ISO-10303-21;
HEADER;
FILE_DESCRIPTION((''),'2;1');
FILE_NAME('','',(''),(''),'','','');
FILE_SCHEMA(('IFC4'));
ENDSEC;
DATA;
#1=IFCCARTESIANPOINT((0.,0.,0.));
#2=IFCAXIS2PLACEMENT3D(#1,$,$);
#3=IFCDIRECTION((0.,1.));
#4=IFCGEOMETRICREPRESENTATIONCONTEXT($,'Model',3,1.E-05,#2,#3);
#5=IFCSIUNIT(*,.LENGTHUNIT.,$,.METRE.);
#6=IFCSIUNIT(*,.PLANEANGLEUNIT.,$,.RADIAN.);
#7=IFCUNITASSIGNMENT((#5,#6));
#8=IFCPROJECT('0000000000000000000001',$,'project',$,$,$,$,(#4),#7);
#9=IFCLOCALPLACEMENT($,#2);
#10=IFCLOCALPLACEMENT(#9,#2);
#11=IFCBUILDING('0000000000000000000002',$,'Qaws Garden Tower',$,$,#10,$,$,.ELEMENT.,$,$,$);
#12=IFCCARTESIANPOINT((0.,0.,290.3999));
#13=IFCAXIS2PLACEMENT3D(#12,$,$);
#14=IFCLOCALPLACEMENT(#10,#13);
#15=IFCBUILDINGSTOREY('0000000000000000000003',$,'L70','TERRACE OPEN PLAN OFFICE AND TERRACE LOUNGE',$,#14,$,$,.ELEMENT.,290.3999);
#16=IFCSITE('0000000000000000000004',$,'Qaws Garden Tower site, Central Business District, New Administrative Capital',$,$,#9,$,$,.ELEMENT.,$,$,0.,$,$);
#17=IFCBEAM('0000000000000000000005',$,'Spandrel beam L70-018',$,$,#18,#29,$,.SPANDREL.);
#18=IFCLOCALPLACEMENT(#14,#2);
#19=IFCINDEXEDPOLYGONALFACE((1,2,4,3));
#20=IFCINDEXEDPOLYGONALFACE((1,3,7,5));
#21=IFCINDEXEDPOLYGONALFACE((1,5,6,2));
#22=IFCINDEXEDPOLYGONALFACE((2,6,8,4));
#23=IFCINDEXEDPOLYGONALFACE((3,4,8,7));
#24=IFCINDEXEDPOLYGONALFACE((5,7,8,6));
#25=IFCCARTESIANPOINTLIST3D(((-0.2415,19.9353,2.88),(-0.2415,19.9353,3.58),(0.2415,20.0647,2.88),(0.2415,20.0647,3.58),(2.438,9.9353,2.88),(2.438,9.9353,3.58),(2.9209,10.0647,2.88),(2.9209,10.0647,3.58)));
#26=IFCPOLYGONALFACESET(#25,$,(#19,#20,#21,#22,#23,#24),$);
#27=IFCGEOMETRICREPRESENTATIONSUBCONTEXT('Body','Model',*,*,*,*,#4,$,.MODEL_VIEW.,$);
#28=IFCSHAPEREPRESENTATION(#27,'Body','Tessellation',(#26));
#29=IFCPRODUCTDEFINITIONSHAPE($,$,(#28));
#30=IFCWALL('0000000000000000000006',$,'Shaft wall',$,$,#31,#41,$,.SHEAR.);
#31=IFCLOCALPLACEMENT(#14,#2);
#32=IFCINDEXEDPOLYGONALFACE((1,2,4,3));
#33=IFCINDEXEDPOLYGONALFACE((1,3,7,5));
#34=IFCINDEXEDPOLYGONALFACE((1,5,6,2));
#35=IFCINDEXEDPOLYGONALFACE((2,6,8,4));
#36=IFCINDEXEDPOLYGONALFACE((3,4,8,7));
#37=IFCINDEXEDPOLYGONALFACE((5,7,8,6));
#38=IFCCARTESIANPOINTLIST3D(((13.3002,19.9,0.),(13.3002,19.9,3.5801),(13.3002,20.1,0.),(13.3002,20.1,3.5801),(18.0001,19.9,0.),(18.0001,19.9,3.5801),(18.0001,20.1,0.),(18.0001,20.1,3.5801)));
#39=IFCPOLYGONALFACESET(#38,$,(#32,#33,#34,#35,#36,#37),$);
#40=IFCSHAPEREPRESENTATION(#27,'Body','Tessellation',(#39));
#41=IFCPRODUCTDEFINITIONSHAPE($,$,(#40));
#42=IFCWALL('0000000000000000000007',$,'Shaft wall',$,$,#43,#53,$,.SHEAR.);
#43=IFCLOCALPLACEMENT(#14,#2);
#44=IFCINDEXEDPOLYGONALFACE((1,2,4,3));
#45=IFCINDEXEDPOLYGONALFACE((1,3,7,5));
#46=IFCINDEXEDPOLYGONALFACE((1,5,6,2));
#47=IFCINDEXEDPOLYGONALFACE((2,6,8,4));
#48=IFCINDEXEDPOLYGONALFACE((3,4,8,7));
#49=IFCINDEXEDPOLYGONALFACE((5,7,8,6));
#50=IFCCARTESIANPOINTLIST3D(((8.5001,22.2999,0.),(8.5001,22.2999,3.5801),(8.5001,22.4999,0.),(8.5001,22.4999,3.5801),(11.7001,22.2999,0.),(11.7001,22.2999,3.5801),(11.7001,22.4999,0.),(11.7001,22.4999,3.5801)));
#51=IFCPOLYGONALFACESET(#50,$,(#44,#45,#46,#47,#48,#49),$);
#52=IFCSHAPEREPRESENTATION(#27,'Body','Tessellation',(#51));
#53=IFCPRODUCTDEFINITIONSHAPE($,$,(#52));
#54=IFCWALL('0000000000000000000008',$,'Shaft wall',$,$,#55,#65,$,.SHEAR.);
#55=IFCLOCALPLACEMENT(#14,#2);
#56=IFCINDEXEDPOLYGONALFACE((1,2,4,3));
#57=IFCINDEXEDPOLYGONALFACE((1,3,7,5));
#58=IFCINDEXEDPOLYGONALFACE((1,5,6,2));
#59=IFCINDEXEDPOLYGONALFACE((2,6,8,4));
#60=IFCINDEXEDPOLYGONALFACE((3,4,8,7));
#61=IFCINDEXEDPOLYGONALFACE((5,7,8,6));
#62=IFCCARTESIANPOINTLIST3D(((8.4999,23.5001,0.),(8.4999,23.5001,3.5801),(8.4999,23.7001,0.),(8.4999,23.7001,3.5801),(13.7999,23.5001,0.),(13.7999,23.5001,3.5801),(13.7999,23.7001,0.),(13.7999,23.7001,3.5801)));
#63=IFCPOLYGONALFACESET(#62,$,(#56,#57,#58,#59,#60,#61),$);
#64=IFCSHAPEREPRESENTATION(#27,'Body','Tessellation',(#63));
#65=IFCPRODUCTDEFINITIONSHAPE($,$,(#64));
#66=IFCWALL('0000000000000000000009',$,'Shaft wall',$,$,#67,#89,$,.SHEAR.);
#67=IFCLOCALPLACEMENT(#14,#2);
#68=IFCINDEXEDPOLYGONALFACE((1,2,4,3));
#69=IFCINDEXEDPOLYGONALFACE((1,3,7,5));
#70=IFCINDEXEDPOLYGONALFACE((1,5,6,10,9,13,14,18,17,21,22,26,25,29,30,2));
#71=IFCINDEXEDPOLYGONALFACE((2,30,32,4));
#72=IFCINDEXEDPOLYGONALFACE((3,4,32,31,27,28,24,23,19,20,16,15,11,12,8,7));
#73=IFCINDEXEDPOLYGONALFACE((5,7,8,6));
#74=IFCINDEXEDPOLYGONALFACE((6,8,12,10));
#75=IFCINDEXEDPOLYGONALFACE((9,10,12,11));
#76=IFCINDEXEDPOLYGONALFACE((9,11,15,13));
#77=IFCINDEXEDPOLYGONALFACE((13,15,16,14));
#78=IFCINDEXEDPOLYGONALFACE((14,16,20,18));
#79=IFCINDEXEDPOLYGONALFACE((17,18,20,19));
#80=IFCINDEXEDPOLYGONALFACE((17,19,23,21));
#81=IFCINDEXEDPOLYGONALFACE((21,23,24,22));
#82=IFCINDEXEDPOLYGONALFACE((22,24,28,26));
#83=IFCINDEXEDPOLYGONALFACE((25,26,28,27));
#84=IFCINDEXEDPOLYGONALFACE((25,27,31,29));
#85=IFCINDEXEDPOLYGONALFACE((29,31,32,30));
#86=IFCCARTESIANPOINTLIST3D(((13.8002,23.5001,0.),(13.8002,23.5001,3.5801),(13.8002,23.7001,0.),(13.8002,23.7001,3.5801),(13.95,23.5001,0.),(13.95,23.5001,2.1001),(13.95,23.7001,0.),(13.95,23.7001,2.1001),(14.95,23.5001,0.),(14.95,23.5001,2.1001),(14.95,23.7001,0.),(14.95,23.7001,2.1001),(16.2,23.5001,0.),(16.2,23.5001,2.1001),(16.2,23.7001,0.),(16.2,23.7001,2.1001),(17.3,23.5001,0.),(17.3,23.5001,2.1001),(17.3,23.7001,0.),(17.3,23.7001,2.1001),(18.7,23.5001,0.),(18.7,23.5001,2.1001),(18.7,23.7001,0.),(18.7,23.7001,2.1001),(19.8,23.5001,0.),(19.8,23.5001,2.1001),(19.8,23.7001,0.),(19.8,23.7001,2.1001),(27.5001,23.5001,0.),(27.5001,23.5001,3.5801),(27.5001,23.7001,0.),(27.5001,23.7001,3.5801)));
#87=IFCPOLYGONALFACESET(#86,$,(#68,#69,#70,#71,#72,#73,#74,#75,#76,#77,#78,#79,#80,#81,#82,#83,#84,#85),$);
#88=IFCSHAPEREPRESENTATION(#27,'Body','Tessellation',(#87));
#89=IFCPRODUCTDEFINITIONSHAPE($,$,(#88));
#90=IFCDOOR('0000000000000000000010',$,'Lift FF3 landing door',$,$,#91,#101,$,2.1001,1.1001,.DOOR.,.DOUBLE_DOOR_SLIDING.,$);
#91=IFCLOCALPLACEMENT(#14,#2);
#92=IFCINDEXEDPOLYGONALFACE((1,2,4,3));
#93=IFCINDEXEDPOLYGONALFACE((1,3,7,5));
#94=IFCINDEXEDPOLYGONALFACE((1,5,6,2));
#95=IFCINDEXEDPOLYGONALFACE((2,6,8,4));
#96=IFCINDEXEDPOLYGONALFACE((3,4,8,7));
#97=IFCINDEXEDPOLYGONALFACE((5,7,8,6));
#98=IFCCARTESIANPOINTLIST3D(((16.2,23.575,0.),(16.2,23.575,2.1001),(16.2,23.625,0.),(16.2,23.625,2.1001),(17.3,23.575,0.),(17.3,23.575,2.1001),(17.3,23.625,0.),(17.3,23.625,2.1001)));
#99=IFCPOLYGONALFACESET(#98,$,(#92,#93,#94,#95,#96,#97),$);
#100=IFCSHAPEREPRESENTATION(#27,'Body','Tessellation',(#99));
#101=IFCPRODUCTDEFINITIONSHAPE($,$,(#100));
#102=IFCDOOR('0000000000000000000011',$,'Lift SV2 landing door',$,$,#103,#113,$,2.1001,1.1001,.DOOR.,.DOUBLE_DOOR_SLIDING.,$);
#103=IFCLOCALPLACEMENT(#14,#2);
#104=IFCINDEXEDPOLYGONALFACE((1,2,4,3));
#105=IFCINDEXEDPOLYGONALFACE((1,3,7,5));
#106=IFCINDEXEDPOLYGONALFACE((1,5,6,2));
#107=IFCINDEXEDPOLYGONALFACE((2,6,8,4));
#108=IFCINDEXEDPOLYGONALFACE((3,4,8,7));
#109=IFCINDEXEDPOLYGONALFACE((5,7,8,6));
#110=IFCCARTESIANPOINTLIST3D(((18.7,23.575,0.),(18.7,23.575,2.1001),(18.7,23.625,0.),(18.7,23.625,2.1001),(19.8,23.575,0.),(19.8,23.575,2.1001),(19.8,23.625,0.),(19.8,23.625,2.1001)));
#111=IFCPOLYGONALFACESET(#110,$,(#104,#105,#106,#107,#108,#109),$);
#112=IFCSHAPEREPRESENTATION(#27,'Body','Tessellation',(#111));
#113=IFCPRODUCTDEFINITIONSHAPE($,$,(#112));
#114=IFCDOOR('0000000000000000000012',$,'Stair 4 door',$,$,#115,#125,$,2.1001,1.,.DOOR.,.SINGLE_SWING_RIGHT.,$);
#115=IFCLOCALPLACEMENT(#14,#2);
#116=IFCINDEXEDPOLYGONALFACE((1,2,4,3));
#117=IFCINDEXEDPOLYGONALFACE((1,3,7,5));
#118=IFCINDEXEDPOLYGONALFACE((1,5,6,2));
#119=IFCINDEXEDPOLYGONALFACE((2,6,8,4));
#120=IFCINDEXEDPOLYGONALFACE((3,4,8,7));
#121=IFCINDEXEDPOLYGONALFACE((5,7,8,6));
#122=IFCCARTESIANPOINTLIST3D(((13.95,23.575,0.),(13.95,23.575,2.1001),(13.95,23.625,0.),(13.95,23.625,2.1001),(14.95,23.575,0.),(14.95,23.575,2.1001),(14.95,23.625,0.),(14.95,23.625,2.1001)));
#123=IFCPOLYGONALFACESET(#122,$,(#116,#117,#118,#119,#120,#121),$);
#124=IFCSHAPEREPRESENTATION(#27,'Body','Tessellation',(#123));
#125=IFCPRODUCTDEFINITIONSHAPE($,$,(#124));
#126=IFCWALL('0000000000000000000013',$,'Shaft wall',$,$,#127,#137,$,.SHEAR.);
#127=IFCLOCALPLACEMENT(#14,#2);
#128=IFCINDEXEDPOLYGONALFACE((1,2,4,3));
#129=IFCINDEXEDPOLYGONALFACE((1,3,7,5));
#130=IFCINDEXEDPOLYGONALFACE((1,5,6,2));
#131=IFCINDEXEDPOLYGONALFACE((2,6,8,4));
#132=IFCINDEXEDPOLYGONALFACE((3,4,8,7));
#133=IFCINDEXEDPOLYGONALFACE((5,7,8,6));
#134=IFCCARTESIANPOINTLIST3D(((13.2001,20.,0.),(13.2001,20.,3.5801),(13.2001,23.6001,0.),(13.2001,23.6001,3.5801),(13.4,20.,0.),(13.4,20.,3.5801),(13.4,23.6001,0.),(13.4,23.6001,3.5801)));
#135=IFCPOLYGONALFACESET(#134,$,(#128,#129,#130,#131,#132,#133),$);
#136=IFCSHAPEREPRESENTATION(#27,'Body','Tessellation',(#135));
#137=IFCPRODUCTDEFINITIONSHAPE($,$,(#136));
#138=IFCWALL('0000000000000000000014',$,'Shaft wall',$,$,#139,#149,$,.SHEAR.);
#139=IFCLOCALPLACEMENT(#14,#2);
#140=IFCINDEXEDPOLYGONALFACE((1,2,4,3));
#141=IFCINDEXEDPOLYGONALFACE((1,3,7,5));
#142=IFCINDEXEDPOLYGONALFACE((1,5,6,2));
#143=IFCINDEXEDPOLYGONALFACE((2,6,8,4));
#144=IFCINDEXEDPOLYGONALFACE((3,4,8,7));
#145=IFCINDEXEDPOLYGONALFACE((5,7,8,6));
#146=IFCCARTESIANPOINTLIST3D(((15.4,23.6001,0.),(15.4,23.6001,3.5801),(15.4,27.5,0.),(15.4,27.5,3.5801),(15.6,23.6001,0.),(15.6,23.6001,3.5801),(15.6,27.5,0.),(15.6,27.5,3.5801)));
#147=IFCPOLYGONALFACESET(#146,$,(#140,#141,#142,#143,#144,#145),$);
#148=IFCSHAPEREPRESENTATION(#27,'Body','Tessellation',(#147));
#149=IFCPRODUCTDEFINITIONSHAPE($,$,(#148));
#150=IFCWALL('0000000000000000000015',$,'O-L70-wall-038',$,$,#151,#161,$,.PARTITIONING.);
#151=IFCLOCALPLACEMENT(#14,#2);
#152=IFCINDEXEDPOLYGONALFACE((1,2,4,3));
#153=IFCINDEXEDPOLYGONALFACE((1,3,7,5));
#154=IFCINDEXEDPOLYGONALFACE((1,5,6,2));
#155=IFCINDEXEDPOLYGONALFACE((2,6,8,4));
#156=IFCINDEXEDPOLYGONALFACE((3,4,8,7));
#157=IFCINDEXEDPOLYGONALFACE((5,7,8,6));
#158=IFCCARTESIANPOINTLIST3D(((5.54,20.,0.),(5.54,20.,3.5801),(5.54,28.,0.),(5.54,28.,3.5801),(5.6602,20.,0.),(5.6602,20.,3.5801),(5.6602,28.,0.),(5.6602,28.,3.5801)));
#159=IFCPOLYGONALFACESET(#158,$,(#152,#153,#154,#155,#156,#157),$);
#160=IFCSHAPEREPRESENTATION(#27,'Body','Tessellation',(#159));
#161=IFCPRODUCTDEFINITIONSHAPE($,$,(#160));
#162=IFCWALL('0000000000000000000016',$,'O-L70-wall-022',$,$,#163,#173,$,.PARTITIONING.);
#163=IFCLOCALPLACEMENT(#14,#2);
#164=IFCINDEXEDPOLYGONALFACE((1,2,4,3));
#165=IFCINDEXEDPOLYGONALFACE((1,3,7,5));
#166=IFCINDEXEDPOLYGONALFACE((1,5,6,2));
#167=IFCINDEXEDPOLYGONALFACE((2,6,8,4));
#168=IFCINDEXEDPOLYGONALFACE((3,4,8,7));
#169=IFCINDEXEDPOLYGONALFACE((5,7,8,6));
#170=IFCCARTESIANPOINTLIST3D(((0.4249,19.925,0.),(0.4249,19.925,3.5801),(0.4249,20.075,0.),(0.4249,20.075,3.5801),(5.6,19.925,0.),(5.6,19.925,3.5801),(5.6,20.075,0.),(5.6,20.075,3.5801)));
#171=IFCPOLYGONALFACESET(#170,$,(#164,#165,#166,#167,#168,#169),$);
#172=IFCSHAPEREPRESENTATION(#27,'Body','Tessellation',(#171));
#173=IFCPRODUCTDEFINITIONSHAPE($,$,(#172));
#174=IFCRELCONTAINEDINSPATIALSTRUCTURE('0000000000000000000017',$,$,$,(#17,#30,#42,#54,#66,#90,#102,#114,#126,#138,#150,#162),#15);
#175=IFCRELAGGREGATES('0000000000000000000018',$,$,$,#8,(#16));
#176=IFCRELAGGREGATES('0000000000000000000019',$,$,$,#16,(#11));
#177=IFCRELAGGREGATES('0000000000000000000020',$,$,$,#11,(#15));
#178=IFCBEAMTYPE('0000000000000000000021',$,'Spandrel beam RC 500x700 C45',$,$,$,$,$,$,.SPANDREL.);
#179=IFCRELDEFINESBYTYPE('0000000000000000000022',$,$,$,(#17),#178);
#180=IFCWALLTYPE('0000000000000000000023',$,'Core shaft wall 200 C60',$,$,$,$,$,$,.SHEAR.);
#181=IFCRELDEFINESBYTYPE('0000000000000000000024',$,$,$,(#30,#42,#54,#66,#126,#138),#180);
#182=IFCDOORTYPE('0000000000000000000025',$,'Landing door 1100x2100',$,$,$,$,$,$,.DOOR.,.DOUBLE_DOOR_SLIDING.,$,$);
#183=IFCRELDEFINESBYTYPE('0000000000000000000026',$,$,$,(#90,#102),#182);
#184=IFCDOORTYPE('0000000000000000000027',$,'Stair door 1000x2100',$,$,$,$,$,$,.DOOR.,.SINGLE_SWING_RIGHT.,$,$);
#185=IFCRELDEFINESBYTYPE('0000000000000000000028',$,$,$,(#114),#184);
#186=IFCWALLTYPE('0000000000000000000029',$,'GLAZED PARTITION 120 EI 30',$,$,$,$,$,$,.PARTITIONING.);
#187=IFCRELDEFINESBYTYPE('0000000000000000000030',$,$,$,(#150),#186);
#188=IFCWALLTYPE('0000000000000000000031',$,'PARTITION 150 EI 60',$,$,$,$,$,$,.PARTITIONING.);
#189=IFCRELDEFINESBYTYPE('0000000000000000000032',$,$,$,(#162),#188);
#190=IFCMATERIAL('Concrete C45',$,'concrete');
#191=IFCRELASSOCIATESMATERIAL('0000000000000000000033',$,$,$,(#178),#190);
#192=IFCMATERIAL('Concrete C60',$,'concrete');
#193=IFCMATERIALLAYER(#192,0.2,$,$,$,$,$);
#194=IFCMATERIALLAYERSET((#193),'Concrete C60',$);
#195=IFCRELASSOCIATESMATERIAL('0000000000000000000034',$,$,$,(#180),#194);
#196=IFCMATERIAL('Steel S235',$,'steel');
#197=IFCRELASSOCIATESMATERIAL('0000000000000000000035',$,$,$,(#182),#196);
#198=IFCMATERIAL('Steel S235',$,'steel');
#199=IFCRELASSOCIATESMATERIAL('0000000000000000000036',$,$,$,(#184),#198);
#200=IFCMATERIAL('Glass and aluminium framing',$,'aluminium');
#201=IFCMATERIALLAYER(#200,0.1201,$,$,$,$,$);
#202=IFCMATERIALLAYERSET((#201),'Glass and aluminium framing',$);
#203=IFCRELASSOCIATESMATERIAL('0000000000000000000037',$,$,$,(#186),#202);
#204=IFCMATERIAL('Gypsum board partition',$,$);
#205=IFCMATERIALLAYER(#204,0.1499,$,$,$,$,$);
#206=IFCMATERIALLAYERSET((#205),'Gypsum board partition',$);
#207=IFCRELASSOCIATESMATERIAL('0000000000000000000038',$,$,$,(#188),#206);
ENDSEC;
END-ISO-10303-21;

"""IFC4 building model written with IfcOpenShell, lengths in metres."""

from ifc_helpers import new_model, si_unit, direction, frame, frame_2d, origin, origin_2d, place, context, subcontext, project, spatial, rectangle, extrude, material, layer, layer_set, material_profile, profile_set, type_object, element, fill, save


model = new_model("IFC4")

# Units and contexts
model_context = context("Model", 3, precision=1e-05, world=origin(), true_north=direction((0.0, 1.0)))
body_context = subcontext(model_context, "Body", "Model", "MODEL_VIEW")
ifc_project = project(units=[si_unit("LENGTHUNIT", "METRE"), si_unit("PLANEANGLEUNIT", "RADIAN")], contexts=[model_context])

# Site, building, storey
site_placement = place(None, origin())
site = spatial("IfcSite", under=ifc_project, at=site_placement, Name="Qaws Garden Tower site, Central Business District, New Administrative Capital", CompositionType="ELEMENT", RefElevation=0.0)
building_placement = place(site_placement, origin())
building = spatial("IfcBuilding", under=site, at=building_placement, Name="Qaws Garden Tower", CompositionType="ELEMENT")
storey_placement = place(building_placement, frame((0.0, 0.0, 290.3999)))
storey = spatial("IfcBuildingStorey", under=building, at=storey_placement, Name="L70", Description="TERRACE OPEN PLAN OFFICE AND TERRACE LOUNGE", CompositionType="ELEMENT", Elevation=290.3999)

# Beam
ifc_material_1 = material(Name="Concrete C45", Category="concrete")
ifc_material_profile = material_profile(ifc_material_1, rectangle(XDim=0.5, YDim=0.7, at=origin_2d()), Name="RC 500x700")
ifc_profile_set = profile_set([ifc_material_profile], Name="Concrete C45")
beam_type = type_object("IfcBeamType", Name="Spandrel beam RC 500x700 C45", PredefinedType="SPANDREL", material=ifc_profile_set)
beam_placement = place(storey_placement, frame((0.0, 20.0, 3.23), z_axis=(0.258815, -0.965927, 0.0), x_axis=(0.965927, 0.258815, 0.0)))
element("IfcBeam", 1, at=beam_placement, inside=storey, type_object=beam_type, Name="Spandrel beam L70-018", PredefinedType="SPANDREL", context=body_context, shape_type="SweptSolid", body=[
    extrude(rectangle(XDim=0.5, YDim=0.7, at=origin_2d()), origin(), (0.0, 0.0, 1.0), 10.3528),
])

# Walls
ifc_material_2 = material(Name="Concrete C60", Category="concrete")
ifc_layer_1 = layer(ifc_material_2, 0.2)
ifc_layer_set_1 = layer_set([ifc_layer_1], Name="Concrete C60")
wall_type_1 = type_object("IfcWallType", Name="Core shaft wall 200 C60", PredefinedType="SHEAR", material=ifc_layer_set_1)
wall_1_placement = place(storey_placement, frame((13.3, 20.0, 0.0), z_axis=(0.0, 0.0, 1.0), x_axis=(1.0, 0.0, 0.0)))
element("IfcWall", 2, at=wall_1_placement, inside=storey, type_object=wall_type_1, Name="Shaft wall", PredefinedType="SHEAR", context=body_context, shape_type="SweptSolid", body=[
    extrude(rectangle(XDim=4.7, YDim=0.2, at=frame_2d((2.3501, 0.0))), origin(), (0.0, 0.0, 1.0), 3.5801),
])
wall_2_placement = place(storey_placement, frame((8.5, 22.3999, 0.0), z_axis=(0.0, 0.0, 1.0), x_axis=(1.0, 0.0, 0.0)))
element("IfcWall", 3, at=wall_2_placement, inside=storey, type_object=wall_type_1, Name="Shaft wall", PredefinedType="SHEAR", context=body_context, shape_type="SweptSolid", body=[
    extrude(rectangle(XDim=3.2, YDim=0.2, at=frame_2d((1.6001, 0.0))), origin(), (0.0, 0.0, 1.0), 3.5801),
])
wall_3_placement = place(storey_placement, frame((8.5, 23.6001, 0.0), z_axis=(0.0, 0.0, 1.0), x_axis=(1.0, 0.0, 0.0)))
element("IfcWall", 4, at=wall_3_placement, inside=storey, type_object=wall_type_1, Name="Shaft wall", PredefinedType="SHEAR", context=body_context, shape_type="SweptSolid", body=[
    extrude(rectangle(XDim=5.3, YDim=0.2, at=frame_2d((2.6499, 0.0))), origin(), (0.0, 0.0, 1.0), 3.5801),
])

# Wall, openings, doors
wall_4_placement = place(storey_placement, frame((13.8, 23.6001, 0.0), z_axis=(0.0, 0.0, 1.0), x_axis=(1.0, 0.0, 0.0)))
wall_4 = element("IfcWall", 5, at=wall_4_placement, inside=storey, type_object=wall_type_1, Name="Shaft wall", PredefinedType="SHEAR", context=body_context, shape_type="SweptSolid", body=[
    extrude(rectangle(XDim=13.7, YDim=0.2, at=frame_2d((6.8501, 0.0))), origin(), (0.0, 0.0, 1.0), 3.5801),
])
opening_1_placement = place(wall_4_placement, frame((2.3999, 0.0, 0.0)))
opening_1 = element("IfcOpeningElement", 6, at=opening_1_placement, cuts=wall_4, PredefinedType="OPENING", context=body_context, shape_type="SweptSolid", body=[
    extrude(rectangle(XDim=1.1001, YDim=2.1001, at=frame_2d((0.55, 1.05))), frame((0.0, 0.1099, 0.0), z_axis=(0.0, -1.0, 0.0), x_axis=(1.0, 0.0, 0.0)), (0.0, 0.0, 1.0), 0.22),
])
opening_2_placement = place(wall_4_placement, frame((4.8999, 0.0, 0.0)))
opening_2 = element("IfcOpeningElement", 7, at=opening_2_placement, cuts=wall_4, PredefinedType="OPENING", context=body_context, shape_type="SweptSolid", body=[
    extrude(rectangle(XDim=1.1001, YDim=2.1001, at=frame_2d((0.55, 1.05))), frame((0.0, 0.1099, 0.0), z_axis=(0.0, -1.0, 0.0), x_axis=(1.0, 0.0, 0.0)), (0.0, 0.0, 1.0), 0.22),
])
opening_3_placement = place(wall_4_placement, frame((0.1499, 0.0, 0.0)))
opening_3 = element("IfcOpeningElement", 8, at=opening_3_placement, cuts=wall_4, PredefinedType="OPENING", context=body_context, shape_type="SweptSolid", body=[
    extrude(rectangle(XDim=1.0, YDim=2.1001, at=frame_2d((0.5, 1.05))), frame((0.0, 0.1099, 0.0), z_axis=(0.0, -1.0, 0.0), x_axis=(1.0, 0.0, 0.0)), (0.0, 0.0, 1.0), 0.22),
])
ifc_material_3 = material(Name="Steel S235", Category="steel")
door_type_1 = type_object("IfcDoorType", Name="Landing door 1100x2100", OperationType="DOUBLE_DOOR_SLIDING", PredefinedType="DOOR", material=ifc_material_3)
door_1_placement = place(opening_1_placement, origin())
door_1 = element("IfcDoor", 9, at=door_1_placement, inside=storey, type_object=door_type_1, Name="Lift FF3 landing door", OperationType="DOUBLE_DOOR_SLIDING", OverallHeight=2.1001, OverallWidth=1.1001, PredefinedType="DOOR", context=body_context, shape_type="SweptSolid", body=[
    extrude(rectangle(XDim=1.1001, YDim=2.1001, at=frame_2d((0.55, 1.05))), frame((0.0, 0.0249, 0.0), z_axis=(0.0, -1.0, 0.0), x_axis=(1.0, 0.0, 0.0)), (0.0, 0.0, 1.0), 0.05),
])
fill(opening_1, door_1)
door_2_placement = place(opening_2_placement, origin())
door_2 = element("IfcDoor", 10, at=door_2_placement, inside=storey, type_object=door_type_1, Name="Lift SV2 landing door", OperationType="DOUBLE_DOOR_SLIDING", OverallHeight=2.1001, OverallWidth=1.1001, PredefinedType="DOOR", context=body_context, shape_type="SweptSolid", body=[
    extrude(rectangle(XDim=1.1001, YDim=2.1001, at=frame_2d((0.55, 1.05))), frame((0.0, 0.0249, 0.0), z_axis=(0.0, -1.0, 0.0), x_axis=(1.0, 0.0, 0.0)), (0.0, 0.0, 1.0), 0.05),
])
fill(opening_2, door_2)
ifc_material_4 = material(Name="Steel S235", Category="steel")
door_type_2 = type_object("IfcDoorType", Name="Stair door 1000x2100", OperationType="SINGLE_SWING_RIGHT", PredefinedType="DOOR", material=ifc_material_4)
door_3_placement = place(opening_3_placement, origin())
door_3 = element("IfcDoor", 11, at=door_3_placement, inside=storey, type_object=door_type_2, Name="Stair 4 door", OperationType="SINGLE_SWING_RIGHT", OverallHeight=2.1001, OverallWidth=1.0, PredefinedType="DOOR", context=body_context, shape_type="SweptSolid", body=[
    extrude(rectangle(XDim=1.0, YDim=2.1001, at=frame_2d((0.5, 1.05))), frame((0.0, 0.0249, 0.0), z_axis=(0.0, -1.0, 0.0), x_axis=(1.0, 0.0, 0.0)), (0.0, 0.0, 1.0), 0.05),
])
fill(opening_3, door_3)

# Walls
wall_5_placement = place(storey_placement, frame((13.3, 20.0, 0.0), z_axis=(0.0, 0.0, 1.0), x_axis=(0.0, 1.0, 0.0)))
element("IfcWall", 12, at=wall_5_placement, inside=storey, type_object=wall_type_1, Name="Shaft wall", PredefinedType="SHEAR", context=body_context, shape_type="SweptSolid", body=[
    extrude(rectangle(XDim=3.6001, YDim=0.2, at=frame_2d((1.8, 0.0))), origin(), (0.0, 0.0, 1.0), 3.5801),
])
wall_6_placement = place(storey_placement, frame((15.5, 23.6001, 0.0), z_axis=(0.0, 0.0, 1.0), x_axis=(0.0, 1.0, 0.0)))
element("IfcWall", 13, at=wall_6_placement, inside=storey, type_object=wall_type_1, Name="Shaft wall", PredefinedType="SHEAR", context=body_context, shape_type="SweptSolid", body=[
    extrude(rectangle(XDim=3.8999, YDim=0.2, at=frame_2d((1.95, 0.0))), origin(), (0.0, 0.0, 1.0), 3.5801),
])
ifc_material_5 = material(Name="Glass and aluminium framing", Category="aluminium")
ifc_layer_2 = layer(ifc_material_5, 0.1201)
ifc_layer_set_2 = layer_set([ifc_layer_2], Name="Glass and aluminium framing")
wall_type_2 = type_object("IfcWallType", Name="GLAZED PARTITION 120 EI 30", PredefinedType="PARTITIONING", material=ifc_layer_set_2)
wall_7_placement = place(storey_placement, frame((5.6001, 20.0, 0.0), z_axis=(0.0, 0.0, 1.0), x_axis=(0.0, 1.0, 0.0)))
element("IfcWall", 14, at=wall_7_placement, inside=storey, type_object=wall_type_2, Name="O-L70-wall-038", PredefinedType="PARTITIONING", context=body_context, shape_type="SweptSolid", body=[
    extrude(rectangle(XDim=8.0, YDim=0.1201, at=frame_2d((4.0, 0.0))), origin(), (0.0, 0.0, 1.0), 3.5801),
])
ifc_material_6 = material(Name="Gypsum board partition")
ifc_layer_3 = layer(ifc_material_6, 0.1499)
ifc_layer_set_3 = layer_set([ifc_layer_3], Name="Gypsum board partition")
wall_type_3 = type_object("IfcWallType", Name="PARTITION 150 EI 60", PredefinedType="PARTITIONING", material=ifc_layer_set_3)
wall_8_placement = place(storey_placement, frame((0.425, 20.0, 0.0), z_axis=(0.0, 0.0, 1.0), x_axis=(1.0, 0.0, 0.0)))
element("IfcWall", 15, at=wall_8_placement, inside=storey, type_object=wall_type_3, Name="O-L70-wall-022", PredefinedType="PARTITIONING", context=body_context, shape_type="SweptSolid", body=[
    extrude(rectangle(XDim=5.175, YDim=0.1499, at=frame_2d((2.5874, 0.0))), origin(), (0.0, 0.0, 1.0), 3.5801),
])

save(model, "model.ifc")
